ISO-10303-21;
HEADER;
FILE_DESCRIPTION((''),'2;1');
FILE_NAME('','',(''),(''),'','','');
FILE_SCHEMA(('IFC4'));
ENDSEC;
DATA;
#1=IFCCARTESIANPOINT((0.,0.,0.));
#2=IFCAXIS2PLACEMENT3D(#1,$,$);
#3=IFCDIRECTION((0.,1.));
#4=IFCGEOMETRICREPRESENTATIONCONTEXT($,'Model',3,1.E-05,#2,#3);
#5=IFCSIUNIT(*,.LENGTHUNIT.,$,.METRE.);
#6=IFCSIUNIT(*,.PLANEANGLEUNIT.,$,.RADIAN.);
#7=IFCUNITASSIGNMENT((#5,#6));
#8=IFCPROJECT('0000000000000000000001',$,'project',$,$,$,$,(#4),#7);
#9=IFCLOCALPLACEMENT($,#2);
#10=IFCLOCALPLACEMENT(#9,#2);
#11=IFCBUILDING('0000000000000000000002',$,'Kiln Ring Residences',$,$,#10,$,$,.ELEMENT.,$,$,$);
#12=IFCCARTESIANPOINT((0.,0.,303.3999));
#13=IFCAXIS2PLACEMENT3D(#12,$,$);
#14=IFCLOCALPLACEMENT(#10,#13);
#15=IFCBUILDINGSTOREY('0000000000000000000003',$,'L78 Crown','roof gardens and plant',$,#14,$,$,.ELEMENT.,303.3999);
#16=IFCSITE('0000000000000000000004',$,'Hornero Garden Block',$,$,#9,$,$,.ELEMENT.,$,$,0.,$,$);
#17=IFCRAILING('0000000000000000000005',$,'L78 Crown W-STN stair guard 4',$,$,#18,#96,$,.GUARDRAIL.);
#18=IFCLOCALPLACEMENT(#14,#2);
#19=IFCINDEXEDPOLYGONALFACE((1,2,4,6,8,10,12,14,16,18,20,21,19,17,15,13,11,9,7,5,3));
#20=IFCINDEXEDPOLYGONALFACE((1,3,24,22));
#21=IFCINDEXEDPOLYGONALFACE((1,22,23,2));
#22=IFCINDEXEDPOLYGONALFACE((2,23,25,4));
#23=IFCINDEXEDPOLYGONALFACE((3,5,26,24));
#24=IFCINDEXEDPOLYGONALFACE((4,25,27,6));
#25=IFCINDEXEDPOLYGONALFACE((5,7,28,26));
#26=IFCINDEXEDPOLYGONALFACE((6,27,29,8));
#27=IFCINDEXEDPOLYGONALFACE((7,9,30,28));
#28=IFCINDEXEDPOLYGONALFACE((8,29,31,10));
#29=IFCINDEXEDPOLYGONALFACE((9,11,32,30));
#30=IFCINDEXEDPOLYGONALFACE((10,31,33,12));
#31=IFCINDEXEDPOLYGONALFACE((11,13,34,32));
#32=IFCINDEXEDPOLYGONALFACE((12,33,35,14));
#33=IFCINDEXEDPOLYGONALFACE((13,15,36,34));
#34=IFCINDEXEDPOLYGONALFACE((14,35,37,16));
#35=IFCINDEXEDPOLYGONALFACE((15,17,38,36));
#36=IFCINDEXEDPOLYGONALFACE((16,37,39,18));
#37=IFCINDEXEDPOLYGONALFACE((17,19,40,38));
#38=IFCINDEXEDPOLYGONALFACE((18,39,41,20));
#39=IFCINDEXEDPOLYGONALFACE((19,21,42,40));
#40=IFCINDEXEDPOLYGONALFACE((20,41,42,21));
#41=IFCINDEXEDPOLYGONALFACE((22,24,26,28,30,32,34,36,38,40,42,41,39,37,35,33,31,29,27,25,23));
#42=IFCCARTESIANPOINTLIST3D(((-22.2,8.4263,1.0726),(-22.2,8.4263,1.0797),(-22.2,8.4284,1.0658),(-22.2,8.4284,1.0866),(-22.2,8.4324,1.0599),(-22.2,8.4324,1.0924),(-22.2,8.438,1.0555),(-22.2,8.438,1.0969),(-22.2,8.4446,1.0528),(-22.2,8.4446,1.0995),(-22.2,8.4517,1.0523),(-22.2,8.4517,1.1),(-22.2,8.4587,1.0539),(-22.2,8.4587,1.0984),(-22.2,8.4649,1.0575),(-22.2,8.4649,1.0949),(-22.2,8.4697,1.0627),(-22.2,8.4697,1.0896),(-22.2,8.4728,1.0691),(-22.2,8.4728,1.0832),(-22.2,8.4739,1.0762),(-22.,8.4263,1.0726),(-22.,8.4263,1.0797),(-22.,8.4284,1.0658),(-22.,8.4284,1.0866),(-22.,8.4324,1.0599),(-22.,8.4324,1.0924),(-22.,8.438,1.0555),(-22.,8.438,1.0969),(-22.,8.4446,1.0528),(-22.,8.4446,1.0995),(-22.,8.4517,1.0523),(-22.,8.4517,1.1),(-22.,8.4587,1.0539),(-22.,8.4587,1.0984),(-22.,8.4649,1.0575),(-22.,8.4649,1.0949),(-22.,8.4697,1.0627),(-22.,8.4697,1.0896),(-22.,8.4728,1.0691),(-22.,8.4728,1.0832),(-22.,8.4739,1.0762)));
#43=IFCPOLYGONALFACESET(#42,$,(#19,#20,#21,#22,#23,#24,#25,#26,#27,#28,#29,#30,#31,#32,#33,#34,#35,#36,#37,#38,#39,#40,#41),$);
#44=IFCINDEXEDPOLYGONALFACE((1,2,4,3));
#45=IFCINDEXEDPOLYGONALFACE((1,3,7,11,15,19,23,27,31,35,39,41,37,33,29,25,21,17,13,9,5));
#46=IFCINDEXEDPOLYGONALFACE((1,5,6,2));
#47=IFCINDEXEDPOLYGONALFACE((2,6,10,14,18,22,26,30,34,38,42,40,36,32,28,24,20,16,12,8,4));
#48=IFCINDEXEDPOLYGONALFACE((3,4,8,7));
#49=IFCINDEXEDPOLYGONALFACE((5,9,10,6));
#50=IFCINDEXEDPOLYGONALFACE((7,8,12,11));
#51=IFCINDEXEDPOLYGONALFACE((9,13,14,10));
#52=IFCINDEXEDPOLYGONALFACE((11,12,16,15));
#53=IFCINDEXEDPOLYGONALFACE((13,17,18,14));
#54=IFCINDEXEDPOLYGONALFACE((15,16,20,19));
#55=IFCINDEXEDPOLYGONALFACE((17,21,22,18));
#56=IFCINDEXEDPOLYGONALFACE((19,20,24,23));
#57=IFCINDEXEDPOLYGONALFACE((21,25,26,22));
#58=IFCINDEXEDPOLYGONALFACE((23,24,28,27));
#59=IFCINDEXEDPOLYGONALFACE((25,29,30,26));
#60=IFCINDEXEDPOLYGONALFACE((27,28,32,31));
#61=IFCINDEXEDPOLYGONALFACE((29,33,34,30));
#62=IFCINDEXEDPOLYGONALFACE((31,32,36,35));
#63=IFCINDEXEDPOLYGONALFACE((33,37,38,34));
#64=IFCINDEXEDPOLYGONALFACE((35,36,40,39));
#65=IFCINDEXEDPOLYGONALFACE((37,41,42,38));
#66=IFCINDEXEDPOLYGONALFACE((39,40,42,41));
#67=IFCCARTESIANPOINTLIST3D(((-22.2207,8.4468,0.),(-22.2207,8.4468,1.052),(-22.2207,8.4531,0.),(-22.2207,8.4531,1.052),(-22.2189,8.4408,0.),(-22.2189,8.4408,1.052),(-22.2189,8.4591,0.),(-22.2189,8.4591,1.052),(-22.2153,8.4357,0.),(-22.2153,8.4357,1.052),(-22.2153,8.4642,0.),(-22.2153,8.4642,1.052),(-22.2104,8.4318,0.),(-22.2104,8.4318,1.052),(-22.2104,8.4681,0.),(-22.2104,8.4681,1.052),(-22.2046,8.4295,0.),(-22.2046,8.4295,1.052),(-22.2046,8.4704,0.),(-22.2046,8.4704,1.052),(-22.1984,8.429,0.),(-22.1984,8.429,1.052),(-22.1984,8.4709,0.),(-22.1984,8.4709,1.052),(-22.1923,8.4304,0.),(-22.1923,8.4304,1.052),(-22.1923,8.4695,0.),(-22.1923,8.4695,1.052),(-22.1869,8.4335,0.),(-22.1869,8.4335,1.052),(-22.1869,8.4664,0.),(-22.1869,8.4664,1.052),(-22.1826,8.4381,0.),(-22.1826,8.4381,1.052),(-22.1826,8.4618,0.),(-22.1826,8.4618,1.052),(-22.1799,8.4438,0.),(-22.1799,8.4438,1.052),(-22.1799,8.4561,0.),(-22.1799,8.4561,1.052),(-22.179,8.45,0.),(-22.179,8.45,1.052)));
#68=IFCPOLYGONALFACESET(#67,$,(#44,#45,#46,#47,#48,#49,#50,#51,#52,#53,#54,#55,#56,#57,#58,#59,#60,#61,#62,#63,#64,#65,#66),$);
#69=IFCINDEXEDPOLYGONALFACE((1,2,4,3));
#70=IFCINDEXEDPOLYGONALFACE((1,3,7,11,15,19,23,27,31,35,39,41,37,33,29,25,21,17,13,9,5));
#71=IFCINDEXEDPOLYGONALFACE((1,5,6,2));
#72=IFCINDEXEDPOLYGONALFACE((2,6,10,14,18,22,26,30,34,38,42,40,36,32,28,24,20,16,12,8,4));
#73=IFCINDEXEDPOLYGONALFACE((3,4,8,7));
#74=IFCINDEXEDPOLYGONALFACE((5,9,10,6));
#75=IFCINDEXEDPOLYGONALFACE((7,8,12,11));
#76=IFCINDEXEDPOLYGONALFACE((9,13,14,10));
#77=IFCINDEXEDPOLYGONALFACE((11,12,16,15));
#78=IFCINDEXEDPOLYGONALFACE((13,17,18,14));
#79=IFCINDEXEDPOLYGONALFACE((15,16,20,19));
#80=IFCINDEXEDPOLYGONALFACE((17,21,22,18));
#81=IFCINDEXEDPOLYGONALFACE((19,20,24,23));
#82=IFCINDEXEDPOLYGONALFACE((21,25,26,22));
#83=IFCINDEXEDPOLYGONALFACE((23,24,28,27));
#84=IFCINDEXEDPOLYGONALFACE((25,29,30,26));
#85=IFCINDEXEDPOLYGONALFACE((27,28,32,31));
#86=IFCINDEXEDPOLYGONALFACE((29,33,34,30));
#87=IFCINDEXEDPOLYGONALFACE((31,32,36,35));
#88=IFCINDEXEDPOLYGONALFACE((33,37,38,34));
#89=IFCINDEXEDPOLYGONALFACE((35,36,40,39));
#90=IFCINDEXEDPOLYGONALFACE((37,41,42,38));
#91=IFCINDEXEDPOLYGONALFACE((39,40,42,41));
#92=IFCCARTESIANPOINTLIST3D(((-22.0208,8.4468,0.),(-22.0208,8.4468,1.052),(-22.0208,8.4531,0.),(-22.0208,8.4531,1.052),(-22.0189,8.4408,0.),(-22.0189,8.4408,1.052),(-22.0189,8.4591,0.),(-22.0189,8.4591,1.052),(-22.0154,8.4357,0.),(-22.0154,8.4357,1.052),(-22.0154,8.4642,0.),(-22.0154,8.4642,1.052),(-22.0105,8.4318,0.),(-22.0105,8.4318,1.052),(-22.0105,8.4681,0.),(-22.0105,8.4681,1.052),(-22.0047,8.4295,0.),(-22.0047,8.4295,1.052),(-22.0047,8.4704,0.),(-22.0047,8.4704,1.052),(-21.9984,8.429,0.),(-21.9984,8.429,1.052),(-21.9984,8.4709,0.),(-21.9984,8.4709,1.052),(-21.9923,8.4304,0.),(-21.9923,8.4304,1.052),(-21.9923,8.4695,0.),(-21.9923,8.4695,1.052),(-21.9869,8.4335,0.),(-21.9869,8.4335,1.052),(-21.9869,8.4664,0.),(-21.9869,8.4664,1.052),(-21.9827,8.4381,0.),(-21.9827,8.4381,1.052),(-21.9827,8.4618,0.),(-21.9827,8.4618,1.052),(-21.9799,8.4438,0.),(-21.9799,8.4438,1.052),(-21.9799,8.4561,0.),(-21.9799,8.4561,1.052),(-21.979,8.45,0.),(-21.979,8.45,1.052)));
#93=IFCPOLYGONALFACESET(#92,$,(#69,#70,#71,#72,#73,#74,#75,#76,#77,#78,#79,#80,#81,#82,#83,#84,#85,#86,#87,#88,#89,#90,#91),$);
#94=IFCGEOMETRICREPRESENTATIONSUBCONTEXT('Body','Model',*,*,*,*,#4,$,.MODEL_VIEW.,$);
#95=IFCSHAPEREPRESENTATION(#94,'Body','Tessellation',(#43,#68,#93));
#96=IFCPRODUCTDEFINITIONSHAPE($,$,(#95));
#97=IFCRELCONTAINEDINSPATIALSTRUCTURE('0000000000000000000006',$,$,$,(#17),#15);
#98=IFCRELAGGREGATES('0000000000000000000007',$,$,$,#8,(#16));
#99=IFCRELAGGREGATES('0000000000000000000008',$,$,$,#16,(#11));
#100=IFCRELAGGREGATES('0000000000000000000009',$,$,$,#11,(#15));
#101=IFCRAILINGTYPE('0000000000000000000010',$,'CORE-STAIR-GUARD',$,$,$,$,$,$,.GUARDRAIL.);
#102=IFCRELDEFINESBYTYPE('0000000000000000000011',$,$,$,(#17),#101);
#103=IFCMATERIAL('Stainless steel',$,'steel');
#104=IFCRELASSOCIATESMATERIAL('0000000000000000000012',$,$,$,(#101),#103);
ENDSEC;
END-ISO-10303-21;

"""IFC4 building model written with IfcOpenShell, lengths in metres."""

from ifc_helpers import new_model, si_unit, direction, frame, origin, origin_2d, place, context, subcontext, project, spatial, circle, extrude, material, type_object, element, save


model = new_model("IFC4")

# Units and contexts
model_context = context("Model", 3, precision=1e-05, world=origin(), true_north=direction((0.0, 1.0)))
body_context = subcontext(model_context, "Body", "Model", "MODEL_VIEW")
ifc_project = project(units=[si_unit("LENGTHUNIT", "METRE"), si_unit("PLANEANGLEUNIT", "RADIAN")], contexts=[model_context])

# Site, building, storey
site_placement = place(None, origin())
site = spatial("IfcSite", under=ifc_project, at=site_placement, Name="Hornero Garden Block", CompositionType="ELEMENT", RefElevation=0.0)
building_placement = place(site_placement, origin())
building = spatial("IfcBuilding", under=site, at=building_placement, Name="Kiln Ring Residences", CompositionType="ELEMENT")
storey_placement = place(building_placement, frame((0.0, 0.0, 303.3999)))
storey = spatial("IfcBuildingStorey", under=building, at=storey_placement, Name="L78 Crown", Description="roof gardens and plant", CompositionType="ELEMENT", Elevation=303.3999)

# Railing
ifc_material_1 = material(Name="Stainless steel", Category="steel")
railing_type_1 = type_object("IfcRailingType", Name="CORE-STAIR-GUARD", PredefinedType="GUARDRAIL", material=ifc_material_1)
railing_1_placement = place(storey_placement, frame((-22.2, 8.45, 0.0)))
element("IfcRailing", 1, at=railing_1_placement, inside=storey, type_object=railing_type_1, Name="L78 Crown W-STN stair guard 4", PredefinedType="GUARDRAIL", context=body_context, shape_type="SweptSolid", body=[
    extrude(circle(Radius=0.0239, at=origin_2d()), frame((0.0, 0.0, 1.0762), z_axis=(1.0, 0.0, 0.0), x_axis=(0.0, 1.0, 0.0)), (0.0, 0.0, 1.0), 0.2),
    extrude(circle(Radius=0.021, at=origin_2d()), origin(), (0.0, 0.0, 1.0), 1.052),
    extrude(circle(Radius=0.021, at=origin_2d()), frame((0.2, 0.0, 0.0)), (0.0, 0.0, 1.0), 1.052),
])

save(model, "model.ifc")
